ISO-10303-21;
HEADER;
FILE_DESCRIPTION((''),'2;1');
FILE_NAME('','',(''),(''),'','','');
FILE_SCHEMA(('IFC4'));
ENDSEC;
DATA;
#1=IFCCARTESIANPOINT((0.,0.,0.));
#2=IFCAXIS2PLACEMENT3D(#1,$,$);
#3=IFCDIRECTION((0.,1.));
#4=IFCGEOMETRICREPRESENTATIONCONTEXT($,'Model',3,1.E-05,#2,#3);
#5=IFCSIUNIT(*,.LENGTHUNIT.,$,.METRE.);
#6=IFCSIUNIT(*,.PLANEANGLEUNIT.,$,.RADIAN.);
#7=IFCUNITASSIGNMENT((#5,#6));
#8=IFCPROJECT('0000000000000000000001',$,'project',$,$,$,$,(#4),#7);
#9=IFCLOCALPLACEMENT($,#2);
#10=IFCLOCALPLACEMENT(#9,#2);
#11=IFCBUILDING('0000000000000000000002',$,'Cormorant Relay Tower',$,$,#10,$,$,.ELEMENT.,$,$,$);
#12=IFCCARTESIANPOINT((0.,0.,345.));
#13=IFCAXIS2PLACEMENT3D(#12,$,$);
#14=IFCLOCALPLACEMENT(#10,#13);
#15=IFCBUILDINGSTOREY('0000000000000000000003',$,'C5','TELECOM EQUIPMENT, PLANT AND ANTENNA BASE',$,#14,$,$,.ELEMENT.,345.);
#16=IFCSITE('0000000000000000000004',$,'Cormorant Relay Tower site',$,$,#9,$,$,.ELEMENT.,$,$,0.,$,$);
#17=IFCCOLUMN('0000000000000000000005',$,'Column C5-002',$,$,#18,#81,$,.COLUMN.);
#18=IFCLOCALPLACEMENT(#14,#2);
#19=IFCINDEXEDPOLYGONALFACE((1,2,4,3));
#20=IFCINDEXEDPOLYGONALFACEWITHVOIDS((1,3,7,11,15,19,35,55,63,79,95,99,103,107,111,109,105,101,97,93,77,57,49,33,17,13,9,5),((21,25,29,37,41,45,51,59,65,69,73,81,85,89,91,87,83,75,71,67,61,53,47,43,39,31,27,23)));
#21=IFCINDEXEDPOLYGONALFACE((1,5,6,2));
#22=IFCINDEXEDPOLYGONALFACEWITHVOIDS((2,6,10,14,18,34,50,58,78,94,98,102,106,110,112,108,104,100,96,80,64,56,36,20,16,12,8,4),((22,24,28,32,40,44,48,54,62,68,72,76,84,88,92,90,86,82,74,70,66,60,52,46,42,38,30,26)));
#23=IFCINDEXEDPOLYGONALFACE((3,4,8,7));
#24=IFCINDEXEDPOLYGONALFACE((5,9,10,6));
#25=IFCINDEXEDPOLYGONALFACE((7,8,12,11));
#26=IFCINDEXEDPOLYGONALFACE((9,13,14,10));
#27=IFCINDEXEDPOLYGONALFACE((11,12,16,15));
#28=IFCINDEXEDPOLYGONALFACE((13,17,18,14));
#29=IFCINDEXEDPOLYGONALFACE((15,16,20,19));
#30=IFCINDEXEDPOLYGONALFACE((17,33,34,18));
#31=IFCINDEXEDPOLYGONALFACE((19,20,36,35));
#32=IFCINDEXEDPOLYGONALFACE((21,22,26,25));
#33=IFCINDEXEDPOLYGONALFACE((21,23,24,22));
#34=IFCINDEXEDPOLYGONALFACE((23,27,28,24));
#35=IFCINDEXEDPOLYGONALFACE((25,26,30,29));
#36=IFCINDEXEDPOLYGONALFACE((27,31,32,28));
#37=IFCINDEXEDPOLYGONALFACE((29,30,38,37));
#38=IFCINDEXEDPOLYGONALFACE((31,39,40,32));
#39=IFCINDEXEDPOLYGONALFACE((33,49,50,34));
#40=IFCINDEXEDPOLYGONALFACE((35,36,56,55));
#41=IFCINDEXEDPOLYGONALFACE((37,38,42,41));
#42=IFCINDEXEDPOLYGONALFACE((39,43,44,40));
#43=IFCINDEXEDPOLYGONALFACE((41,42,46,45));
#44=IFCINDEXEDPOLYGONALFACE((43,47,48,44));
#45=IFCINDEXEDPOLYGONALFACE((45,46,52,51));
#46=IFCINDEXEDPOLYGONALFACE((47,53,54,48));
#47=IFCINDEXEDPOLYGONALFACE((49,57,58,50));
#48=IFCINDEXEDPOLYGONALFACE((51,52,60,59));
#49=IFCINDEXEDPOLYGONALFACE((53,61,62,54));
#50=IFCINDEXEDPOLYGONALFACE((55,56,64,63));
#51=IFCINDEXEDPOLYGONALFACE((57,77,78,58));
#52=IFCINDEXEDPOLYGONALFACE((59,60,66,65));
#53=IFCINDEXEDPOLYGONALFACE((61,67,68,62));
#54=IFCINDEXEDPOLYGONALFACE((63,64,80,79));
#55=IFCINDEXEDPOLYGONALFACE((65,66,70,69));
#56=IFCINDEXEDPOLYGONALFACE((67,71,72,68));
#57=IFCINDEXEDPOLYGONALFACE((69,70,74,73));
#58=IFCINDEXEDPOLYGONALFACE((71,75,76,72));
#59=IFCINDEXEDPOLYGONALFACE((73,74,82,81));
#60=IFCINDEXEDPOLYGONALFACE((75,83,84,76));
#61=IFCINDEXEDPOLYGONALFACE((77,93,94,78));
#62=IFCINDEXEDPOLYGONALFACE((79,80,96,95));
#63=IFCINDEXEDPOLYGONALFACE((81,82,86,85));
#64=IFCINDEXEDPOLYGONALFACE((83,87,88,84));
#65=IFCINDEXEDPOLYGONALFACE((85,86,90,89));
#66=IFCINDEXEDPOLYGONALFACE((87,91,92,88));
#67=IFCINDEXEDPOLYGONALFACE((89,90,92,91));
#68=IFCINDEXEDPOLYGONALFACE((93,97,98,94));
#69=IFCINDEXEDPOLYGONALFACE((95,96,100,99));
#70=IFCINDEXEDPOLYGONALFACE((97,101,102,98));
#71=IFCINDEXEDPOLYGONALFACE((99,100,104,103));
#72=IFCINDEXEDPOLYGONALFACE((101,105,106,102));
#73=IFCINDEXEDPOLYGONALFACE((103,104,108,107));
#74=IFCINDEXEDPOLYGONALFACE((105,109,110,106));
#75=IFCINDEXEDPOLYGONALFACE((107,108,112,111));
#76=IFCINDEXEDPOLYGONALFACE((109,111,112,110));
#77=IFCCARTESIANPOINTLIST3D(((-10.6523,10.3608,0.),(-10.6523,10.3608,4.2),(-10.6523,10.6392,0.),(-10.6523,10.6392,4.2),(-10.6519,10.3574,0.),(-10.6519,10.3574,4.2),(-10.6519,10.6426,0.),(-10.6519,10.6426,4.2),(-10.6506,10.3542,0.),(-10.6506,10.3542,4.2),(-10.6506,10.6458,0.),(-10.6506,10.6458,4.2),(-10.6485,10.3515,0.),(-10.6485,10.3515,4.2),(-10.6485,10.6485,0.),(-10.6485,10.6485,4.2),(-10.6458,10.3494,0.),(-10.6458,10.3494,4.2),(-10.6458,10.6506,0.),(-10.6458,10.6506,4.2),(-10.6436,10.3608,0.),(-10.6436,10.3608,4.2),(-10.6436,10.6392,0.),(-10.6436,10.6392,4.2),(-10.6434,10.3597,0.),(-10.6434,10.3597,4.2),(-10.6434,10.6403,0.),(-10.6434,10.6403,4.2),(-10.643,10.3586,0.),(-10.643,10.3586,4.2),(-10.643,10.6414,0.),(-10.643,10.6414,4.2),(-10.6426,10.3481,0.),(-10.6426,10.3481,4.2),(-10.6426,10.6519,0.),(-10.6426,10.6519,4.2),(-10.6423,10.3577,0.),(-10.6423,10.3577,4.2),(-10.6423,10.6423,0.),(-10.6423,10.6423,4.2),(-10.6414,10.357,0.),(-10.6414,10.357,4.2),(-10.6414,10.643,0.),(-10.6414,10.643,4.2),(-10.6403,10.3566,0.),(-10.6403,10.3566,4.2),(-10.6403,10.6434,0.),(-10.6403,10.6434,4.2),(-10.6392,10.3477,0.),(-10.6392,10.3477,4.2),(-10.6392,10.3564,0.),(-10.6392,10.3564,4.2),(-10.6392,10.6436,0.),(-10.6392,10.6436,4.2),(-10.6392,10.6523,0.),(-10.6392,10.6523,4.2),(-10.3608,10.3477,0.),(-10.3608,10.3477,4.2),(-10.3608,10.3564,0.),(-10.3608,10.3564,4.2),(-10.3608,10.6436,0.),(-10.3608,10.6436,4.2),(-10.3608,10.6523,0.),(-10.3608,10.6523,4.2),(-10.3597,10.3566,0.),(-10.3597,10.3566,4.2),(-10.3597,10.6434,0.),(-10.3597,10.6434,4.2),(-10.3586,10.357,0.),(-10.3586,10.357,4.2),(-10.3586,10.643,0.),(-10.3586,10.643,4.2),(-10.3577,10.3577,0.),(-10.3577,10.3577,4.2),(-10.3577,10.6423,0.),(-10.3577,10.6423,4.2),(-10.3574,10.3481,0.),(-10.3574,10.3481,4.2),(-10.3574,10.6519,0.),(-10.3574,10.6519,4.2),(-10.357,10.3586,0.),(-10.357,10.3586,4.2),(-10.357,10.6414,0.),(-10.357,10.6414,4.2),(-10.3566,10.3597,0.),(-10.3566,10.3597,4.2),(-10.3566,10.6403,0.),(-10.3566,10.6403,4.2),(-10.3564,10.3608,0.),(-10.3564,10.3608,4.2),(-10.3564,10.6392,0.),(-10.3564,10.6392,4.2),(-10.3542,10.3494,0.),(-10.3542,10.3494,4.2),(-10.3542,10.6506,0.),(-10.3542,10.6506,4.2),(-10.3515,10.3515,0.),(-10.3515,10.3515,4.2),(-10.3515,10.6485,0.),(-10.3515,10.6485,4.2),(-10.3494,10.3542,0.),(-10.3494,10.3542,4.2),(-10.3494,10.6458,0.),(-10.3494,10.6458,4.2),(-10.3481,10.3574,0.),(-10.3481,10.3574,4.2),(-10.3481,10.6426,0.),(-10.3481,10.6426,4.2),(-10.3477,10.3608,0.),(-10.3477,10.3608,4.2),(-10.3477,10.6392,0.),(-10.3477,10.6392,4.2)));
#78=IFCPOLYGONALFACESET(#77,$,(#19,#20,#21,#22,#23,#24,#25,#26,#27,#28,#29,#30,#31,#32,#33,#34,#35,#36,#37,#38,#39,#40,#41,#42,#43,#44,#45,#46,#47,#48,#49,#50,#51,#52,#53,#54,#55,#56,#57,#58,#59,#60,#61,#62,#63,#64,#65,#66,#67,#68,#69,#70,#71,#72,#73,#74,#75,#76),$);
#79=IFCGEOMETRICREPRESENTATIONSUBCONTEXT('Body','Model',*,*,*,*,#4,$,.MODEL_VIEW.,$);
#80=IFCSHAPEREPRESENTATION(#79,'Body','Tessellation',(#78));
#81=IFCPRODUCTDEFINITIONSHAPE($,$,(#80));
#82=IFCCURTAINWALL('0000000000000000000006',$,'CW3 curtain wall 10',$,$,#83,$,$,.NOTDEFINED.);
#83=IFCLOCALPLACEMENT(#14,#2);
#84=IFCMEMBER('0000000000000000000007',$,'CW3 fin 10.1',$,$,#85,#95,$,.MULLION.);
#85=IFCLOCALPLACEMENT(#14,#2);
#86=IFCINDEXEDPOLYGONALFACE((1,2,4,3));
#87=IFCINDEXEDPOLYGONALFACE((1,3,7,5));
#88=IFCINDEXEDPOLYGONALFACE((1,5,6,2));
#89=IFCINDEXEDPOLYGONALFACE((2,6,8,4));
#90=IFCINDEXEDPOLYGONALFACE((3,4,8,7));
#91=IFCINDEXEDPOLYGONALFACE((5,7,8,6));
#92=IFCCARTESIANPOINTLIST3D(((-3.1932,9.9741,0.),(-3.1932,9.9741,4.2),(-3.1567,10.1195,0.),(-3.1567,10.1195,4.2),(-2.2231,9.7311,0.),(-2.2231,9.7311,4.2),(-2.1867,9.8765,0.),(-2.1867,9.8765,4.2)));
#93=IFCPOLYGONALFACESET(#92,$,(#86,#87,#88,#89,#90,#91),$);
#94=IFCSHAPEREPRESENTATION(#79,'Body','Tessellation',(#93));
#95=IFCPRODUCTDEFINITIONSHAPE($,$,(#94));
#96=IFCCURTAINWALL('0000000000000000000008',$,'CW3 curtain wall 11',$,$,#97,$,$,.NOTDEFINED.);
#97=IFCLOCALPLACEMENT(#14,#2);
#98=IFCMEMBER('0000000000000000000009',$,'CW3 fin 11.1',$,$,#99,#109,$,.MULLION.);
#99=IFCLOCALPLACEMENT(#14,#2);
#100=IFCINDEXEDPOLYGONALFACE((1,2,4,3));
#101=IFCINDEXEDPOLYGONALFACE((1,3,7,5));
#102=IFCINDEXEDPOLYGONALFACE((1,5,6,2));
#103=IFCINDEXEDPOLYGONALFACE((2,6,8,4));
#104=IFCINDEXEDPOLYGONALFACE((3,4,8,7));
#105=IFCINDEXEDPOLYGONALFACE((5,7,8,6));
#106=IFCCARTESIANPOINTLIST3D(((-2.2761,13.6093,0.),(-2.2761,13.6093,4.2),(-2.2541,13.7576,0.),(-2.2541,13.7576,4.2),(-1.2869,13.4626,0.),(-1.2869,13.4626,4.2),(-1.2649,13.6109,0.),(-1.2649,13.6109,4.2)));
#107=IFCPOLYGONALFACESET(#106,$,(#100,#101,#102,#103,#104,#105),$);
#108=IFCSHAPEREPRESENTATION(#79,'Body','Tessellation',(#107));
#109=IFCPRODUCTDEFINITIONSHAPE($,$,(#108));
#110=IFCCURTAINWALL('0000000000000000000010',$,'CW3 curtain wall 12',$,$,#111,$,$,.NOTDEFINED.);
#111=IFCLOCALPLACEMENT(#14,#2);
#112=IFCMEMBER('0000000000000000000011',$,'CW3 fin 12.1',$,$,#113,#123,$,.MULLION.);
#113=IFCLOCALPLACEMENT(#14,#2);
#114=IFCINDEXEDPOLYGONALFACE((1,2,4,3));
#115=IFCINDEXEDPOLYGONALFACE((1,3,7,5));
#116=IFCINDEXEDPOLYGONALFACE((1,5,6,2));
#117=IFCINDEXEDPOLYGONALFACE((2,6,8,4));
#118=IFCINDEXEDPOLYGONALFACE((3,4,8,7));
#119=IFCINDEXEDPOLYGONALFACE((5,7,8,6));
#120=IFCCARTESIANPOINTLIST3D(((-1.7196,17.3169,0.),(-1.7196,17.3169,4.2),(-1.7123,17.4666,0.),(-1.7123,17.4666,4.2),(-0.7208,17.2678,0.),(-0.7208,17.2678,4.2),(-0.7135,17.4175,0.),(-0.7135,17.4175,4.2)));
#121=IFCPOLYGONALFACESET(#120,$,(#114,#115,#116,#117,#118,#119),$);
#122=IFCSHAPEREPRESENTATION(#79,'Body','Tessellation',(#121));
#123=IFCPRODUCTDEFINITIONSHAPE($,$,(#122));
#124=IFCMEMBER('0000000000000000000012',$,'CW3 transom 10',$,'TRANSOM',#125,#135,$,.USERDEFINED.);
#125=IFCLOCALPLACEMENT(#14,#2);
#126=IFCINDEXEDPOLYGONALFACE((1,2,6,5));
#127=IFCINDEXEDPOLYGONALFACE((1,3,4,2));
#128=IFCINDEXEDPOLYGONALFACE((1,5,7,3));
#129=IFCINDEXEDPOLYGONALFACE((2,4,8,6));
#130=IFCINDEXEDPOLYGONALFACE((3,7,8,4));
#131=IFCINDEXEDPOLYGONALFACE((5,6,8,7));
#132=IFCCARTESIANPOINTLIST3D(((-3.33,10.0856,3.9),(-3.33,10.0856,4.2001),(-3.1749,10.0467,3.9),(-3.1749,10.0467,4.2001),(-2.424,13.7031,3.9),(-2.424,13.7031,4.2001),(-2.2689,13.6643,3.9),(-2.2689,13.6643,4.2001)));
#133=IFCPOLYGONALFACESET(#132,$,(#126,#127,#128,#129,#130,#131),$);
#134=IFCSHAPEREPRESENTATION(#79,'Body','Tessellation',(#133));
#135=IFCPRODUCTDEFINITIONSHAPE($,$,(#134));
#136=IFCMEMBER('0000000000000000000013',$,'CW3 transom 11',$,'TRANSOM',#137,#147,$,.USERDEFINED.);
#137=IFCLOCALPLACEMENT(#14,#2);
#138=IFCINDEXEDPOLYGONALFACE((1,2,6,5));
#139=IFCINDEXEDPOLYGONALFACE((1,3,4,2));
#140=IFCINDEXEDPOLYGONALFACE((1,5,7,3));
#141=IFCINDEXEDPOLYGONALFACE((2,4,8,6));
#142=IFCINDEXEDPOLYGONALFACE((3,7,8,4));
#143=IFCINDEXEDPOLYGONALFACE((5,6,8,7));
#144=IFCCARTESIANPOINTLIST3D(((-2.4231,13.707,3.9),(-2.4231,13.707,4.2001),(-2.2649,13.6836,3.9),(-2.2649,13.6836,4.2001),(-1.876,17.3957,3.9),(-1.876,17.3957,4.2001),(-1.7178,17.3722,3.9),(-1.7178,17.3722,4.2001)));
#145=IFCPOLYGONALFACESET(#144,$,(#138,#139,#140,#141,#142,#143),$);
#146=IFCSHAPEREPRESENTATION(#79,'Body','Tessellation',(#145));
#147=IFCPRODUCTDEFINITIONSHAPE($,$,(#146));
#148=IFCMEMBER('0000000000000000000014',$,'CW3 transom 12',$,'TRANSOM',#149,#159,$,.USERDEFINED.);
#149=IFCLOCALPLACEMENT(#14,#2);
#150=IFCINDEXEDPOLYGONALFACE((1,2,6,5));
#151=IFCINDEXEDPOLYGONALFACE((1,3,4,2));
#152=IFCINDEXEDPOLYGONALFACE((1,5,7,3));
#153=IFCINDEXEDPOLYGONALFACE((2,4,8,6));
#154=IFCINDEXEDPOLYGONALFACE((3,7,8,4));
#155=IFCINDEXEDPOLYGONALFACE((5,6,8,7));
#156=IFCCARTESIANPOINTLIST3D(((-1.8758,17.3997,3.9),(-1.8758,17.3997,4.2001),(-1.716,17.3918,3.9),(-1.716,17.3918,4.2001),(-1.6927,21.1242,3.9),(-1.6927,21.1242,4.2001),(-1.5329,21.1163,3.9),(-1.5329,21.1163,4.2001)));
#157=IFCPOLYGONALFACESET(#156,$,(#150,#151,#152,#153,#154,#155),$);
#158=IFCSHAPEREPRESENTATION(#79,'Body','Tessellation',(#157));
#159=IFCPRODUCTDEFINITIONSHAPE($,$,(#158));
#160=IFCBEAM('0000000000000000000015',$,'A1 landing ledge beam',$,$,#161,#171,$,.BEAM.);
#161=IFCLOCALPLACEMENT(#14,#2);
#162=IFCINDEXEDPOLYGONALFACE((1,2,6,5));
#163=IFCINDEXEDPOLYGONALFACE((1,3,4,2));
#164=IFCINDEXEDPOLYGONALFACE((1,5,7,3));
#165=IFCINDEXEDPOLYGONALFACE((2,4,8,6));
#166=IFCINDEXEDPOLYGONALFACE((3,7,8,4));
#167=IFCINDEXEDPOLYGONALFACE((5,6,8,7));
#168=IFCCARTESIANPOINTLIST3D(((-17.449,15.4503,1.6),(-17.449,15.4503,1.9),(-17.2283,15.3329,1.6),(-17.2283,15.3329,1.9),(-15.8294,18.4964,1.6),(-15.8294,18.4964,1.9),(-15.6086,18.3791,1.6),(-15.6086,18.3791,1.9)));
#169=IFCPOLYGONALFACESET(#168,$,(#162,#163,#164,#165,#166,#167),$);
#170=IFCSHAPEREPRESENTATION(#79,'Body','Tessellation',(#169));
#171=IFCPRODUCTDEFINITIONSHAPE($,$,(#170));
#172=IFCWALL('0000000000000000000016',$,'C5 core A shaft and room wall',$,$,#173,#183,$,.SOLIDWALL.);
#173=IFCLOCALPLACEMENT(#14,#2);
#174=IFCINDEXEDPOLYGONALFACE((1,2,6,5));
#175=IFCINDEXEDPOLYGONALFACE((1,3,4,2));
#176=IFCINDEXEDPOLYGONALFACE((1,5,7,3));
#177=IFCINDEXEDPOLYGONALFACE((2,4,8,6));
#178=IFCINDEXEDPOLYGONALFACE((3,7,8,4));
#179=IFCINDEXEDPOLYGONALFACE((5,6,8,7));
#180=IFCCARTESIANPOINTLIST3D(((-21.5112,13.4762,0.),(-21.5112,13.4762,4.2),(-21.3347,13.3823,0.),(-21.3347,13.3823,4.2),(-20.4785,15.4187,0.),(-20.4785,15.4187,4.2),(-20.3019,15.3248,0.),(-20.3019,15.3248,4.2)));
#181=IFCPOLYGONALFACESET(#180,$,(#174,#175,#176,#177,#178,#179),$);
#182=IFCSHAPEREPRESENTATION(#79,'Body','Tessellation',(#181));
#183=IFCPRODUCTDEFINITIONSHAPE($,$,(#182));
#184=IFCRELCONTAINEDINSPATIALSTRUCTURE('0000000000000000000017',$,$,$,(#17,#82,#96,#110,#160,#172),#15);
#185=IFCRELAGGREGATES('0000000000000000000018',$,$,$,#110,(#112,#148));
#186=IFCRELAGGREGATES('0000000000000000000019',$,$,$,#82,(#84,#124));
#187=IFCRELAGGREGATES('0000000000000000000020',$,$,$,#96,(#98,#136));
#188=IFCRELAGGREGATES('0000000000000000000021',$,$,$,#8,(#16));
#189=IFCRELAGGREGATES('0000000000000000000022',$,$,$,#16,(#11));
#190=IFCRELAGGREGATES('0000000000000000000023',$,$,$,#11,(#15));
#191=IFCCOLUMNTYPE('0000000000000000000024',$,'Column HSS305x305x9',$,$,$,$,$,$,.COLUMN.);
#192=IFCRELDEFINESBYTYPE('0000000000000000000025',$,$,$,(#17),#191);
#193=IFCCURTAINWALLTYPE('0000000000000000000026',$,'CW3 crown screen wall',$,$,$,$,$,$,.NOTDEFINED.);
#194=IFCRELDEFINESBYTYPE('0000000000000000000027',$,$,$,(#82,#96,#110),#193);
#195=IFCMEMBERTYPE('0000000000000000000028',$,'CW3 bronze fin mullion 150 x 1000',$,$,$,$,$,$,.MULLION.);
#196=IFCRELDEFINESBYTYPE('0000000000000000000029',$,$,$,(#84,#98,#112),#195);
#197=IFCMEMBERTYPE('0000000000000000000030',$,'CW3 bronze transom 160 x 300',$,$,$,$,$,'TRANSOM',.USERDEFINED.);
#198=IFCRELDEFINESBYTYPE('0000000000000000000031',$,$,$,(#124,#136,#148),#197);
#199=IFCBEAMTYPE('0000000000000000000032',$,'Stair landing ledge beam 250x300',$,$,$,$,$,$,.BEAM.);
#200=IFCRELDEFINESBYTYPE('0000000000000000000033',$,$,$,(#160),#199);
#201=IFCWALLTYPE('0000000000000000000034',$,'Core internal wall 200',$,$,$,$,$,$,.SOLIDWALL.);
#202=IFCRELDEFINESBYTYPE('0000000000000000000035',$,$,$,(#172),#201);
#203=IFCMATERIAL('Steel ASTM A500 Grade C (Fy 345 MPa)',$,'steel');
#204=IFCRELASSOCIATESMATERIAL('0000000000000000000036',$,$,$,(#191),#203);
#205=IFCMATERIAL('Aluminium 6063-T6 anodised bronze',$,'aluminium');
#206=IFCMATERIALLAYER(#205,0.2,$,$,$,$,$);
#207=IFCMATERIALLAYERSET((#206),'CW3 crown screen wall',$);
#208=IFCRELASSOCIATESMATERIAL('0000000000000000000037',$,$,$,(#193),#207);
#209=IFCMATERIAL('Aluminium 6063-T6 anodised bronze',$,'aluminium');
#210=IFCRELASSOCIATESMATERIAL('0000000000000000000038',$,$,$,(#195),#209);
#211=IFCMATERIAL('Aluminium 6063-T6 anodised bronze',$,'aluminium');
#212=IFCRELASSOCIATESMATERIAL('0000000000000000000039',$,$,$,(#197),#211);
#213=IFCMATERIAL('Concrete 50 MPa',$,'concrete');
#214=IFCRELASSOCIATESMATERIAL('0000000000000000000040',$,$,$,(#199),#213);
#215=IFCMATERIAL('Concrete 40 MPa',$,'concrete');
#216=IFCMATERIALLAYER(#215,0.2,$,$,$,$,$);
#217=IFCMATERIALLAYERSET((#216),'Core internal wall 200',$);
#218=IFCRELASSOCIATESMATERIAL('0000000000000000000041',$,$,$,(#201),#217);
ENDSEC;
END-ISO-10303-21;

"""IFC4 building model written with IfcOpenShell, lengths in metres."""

from ifc_helpers import new_model, si_unit, direction, frame, frame_2d, origin, origin_2d, place, context, subcontext, project, spatial, rectangle, hollow_rectangle, extrude, material, layer, layer_set, material_profile, profile_set, type_object, element, aggregate, save


model = new_model("IFC4")

# Units and contexts
model_context = context("Model", 3, precision=1e-05, world=origin(), true_north=direction((0.0, 1.0)))
body_context = subcontext(model_context, "Body", "Model", "MODEL_VIEW")
ifc_project = project(units=[si_unit("LENGTHUNIT", "METRE"), si_unit("PLANEANGLEUNIT", "RADIAN")], contexts=[model_context])

# Site, building, storey
site_placement = place(None, origin())
site = spatial("IfcSite", under=ifc_project, at=site_placement, Name="Cormorant Relay Tower site", CompositionType="ELEMENT", RefElevation=0.0)
building_placement = place(site_placement, origin())
building = spatial("IfcBuilding", under=site, at=building_placement, Name="Cormorant Relay Tower", CompositionType="ELEMENT")
storey_placement = place(building_placement, frame((0.0, 0.0, 345.0)))
storey = spatial("IfcBuildingStorey", under=building, at=storey_placement, Name="C5", Description="TELECOM EQUIPMENT, PLANT AND ANTENNA BASE", CompositionType="ELEMENT", Elevation=345.0)

# Column
ifc_material_1 = material(Name="Steel ASTM A500 Grade C (Fy 345 MPa)", Category="steel")
ifc_material_profile_1 = material_profile(ifc_material_1, hollow_rectangle(XDim=0.3047, YDim=0.3047, WallThickness=0.0088, InnerFilletRadius=0.0044, OuterFilletRadius=0.0132, at=origin_2d()), Name="HSS305x305x9")
ifc_profile_set_1 = profile_set([ifc_material_profile_1], Name="Steel ASTM A500 Grade C (Fy 345 MPa)")
column_type = type_object("IfcColumnType", Name="Column HSS305x305x9", PredefinedType="COLUMN", material=ifc_profile_set_1)
column_placement = place(storey_placement, frame((-10.5, 10.5, 0.0), z_axis=(0.0, 0.0, 1.0), x_axis=(1.0, 0.0, 0.0)))
element("IfcColumn", 1, at=column_placement, inside=storey, type_object=column_type, Name="Column C5-002", PredefinedType="COLUMN", context=body_context, shape_type="SweptSolid", body=[
    extrude(hollow_rectangle(XDim=0.3047, YDim=0.3047, WallThickness=0.0088, InnerFilletRadius=0.0044, OuterFilletRadius=0.0132, at=origin_2d()), origin(), (0.0, 0.0, 1.0), 4.2),
])

# Curtain walls, members
ifc_material_2 = material(Name="Aluminium 6063-T6 anodised bronze", Category="aluminium")
ifc_layer_1 = layer(ifc_material_2, 0.2)
ifc_layer_set_1 = layer_set([ifc_layer_1], Name="CW3 crown screen wall")
curtain_wall_type = type_object("IfcCurtainWallType", Name="CW3 crown screen wall", PredefinedType="NOTDEFINED", material=ifc_layer_set_1)
curtain_wall_1_placement = place(storey_placement, origin())
curtain_wall_1 = element("IfcCurtainWall", 2, at=curtain_wall_1_placement, inside=storey, type_object=curtain_wall_type, Name="CW3 curtain wall 10", PredefinedType="NOTDEFINED")
ifc_material_3 = material(Name="Aluminium 6063-T6 anodised bronze", Category="aluminium")
ifc_material_profile_2 = material_profile(ifc_material_3, rectangle(XDim=0.1499, YDim=1.0, at=origin_2d()), Name="AL 150x1000")
ifc_profile_set_2 = profile_set([ifc_material_profile_2], Name="Aluminium 6063-T6 anodised bronze")
member_type_1 = type_object("IfcMemberType", Name="CW3 bronze fin mullion 150 x 1000", PredefinedType="MULLION", material=ifc_profile_set_2)
member_1_placement = place(storey_placement, frame((-2.6899, 9.9253, 0.0), z_axis=(0.0, 0.0, 1.0), x_axis=(0.24298, 0.970031, 0.0)))
member_1 = element("IfcMember", 3, at=member_1_placement, type_object=member_type_1, Name="CW3 fin 10.1", PredefinedType="MULLION", context=body_context, shape_type="SweptSolid", body=[
    extrude(rectangle(XDim=0.1499, YDim=1.0, at=origin_2d()), origin(), (0.0, 0.0, 1.0), 4.2),
])
curtain_wall_2_placement = place(storey_placement, origin())
curtain_wall_2 = element("IfcCurtainWall", 4, at=curtain_wall_2_placement, inside=storey, type_object=curtain_wall_type, Name="CW3 curtain wall 11", PredefinedType="NOTDEFINED")
member_2_placement = place(storey_placement, frame((-1.7705, 13.6101, 0.0), z_axis=(0.0, 0.0, 1.0), x_axis=(0.14673, 0.989177, 0.0)))
member_2 = element("IfcMember", 5, at=member_2_placement, type_object=member_type_1, Name="CW3 fin 11.1", PredefinedType="MULLION", context=body_context, shape_type="SweptSolid", body=[
    extrude(rectangle(XDim=0.1499, YDim=1.0, at=origin_2d()), origin(), (0.0, 0.0, 1.0), 4.2),
])
curtain_wall_3_placement = place(storey_placement, origin())
curtain_wall_3 = element("IfcCurtainWall", 6, at=curtain_wall_3_placement, inside=storey, type_object=curtain_wall_type, Name="CW3 curtain wall 12", PredefinedType="NOTDEFINED")
member_3_placement = place(storey_placement, frame((-1.2166, 17.3672, 0.0), z_axis=(0.0, 0.0, 1.0), x_axis=(0.049068, 0.998795, 0.0)))
member_3 = element("IfcMember", 7, at=member_3_placement, type_object=member_type_1, Name="CW3 fin 12.1", PredefinedType="MULLION", context=body_context, shape_type="SweptSolid", body=[
    extrude(rectangle(XDim=0.1499, YDim=1.0, at=origin_2d()), origin(), (0.0, 0.0, 1.0), 4.2),
])

# Members
ifc_material_4 = material(Name="Aluminium 6063-T6 anodised bronze", Category="aluminium")
ifc_material_profile_3 = material_profile(ifc_material_4, rectangle(XDim=0.1599, YDim=0.3, at=origin_2d()), Name="AL 160x300")
ifc_profile_set_3 = profile_set([ifc_material_profile_3], Name="Aluminium 6063-T6 anodised bronze")
member_type_2 = type_object("IfcMemberType", Name="CW3 bronze transom 160 x 300", ElementType="TRANSOM", PredefinedType="USERDEFINED", material=ifc_profile_set_3)
member_4_placement = place(storey_placement, frame((-3.2524, 10.0662, 4.05), z_axis=(0.242952, 0.970038, 0.0), x_axis=(-0.970038, 0.242952, 0.0)))
member_4 = element("IfcMember", 8, at=member_4_placement, type_object=member_type_2, Name="CW3 transom 10", ObjectType="TRANSOM", PredefinedType="USERDEFINED", context=body_context, shape_type="SweptSolid", body=[
    extrude(rectangle(XDim=0.1599, YDim=0.3, at=origin_2d()), origin(), (0.0, 0.0, 1.0), 3.7292),
])
member_5_placement = place(storey_placement, frame((-2.344, 13.6953, 4.05), z_axis=(0.146717, 0.989178, 0.0), x_axis=(-0.989178, 0.146717, 0.0)))
member_5 = element("IfcMember", 9, at=member_5_placement, type_object=member_type_2, Name="CW3 transom 11", ObjectType="TRANSOM", PredefinedType="USERDEFINED", context=body_context, shape_type="SweptSolid", body=[
    extrude(rectangle(XDim=0.1599, YDim=0.3, at=origin_2d()), origin(), (0.0, 0.0, 1.0), 3.729),
])
member_6_placement = place(storey_placement, frame((-1.7959, 17.3958, 4.05), z_axis=(0.049102, 0.998794, 0.0), x_axis=(-0.998794, 0.049102, 0.0)))
member_6 = element("IfcMember", 10, at=member_6_placement, type_object=member_type_2, Name="CW3 transom 12", ObjectType="TRANSOM", PredefinedType="USERDEFINED", context=body_context, shape_type="SweptSolid", body=[
    extrude(rectangle(XDim=0.1599, YDim=0.3, at=origin_2d()), origin(), (0.0, 0.0, 1.0), 3.729),
])
aggregate(curtain_wall_3, [member_3, member_6])

# Beam
ifc_material_5 = material(Name="Concrete 50 MPa", Category="concrete")
ifc_material_profile_4 = material_profile(ifc_material_5, rectangle(XDim=0.25, YDim=0.3, at=origin_2d()), Name="RC 250x300")
ifc_profile_set_4 = profile_set([ifc_material_profile_4], Name="Concrete 50 MPa")
beam_type = type_object("IfcBeamType", Name="Stair landing ledge beam 250x300", PredefinedType="BEAM", material=ifc_profile_set_4)
beam_placement = place(storey_placement, frame((-17.3386, 15.3916, 1.75), z_axis=(0.469464, 0.882952, 0.0), x_axis=(-0.882952, 0.469464, 0.0)))
element("IfcBeam", 11, at=beam_placement, inside=storey, type_object=beam_type, Name="A1 landing ledge beam", PredefinedType="BEAM", context=body_context, shape_type="SweptSolid", body=[
    extrude(rectangle(XDim=0.25, YDim=0.3, at=origin_2d()), origin(), (0.0, 0.0, 1.0), 3.45),
])

# Wall
ifc_material_6 = material(Name="Concrete 40 MPa", Category="concrete")
ifc_layer_2 = layer(ifc_material_6, 0.2)
ifc_layer_set_2 = layer_set([ifc_layer_2], Name="Core internal wall 200")
wall_type_1 = type_object("IfcWallType", Name="Core internal wall 200", PredefinedType="SOLIDWALL", material=ifc_layer_set_2)
wall_1_placement = place(storey_placement, frame((-20.3901, 15.3718, 0.0), z_axis=(0.0, 0.0, 1.0), x_axis=(-0.469447, -0.88296, 0.0)))
element("IfcWall", 12, at=wall_1_placement, inside=storey, type_object=wall_type_1, Name="C5 core A shaft and room wall", PredefinedType="SOLIDWALL", context=body_context, shape_type="SweptSolid", body=[
    extrude(rectangle(XDim=2.2, YDim=0.2, at=frame_2d((1.1001, 0.0))), origin(), (0.0, 0.0, 1.0), 4.2),
])

aggregate(curtain_wall_1, [member_1, member_4])
aggregate(curtain_wall_2, [member_2, member_5])

save(model, "model.ifc")
